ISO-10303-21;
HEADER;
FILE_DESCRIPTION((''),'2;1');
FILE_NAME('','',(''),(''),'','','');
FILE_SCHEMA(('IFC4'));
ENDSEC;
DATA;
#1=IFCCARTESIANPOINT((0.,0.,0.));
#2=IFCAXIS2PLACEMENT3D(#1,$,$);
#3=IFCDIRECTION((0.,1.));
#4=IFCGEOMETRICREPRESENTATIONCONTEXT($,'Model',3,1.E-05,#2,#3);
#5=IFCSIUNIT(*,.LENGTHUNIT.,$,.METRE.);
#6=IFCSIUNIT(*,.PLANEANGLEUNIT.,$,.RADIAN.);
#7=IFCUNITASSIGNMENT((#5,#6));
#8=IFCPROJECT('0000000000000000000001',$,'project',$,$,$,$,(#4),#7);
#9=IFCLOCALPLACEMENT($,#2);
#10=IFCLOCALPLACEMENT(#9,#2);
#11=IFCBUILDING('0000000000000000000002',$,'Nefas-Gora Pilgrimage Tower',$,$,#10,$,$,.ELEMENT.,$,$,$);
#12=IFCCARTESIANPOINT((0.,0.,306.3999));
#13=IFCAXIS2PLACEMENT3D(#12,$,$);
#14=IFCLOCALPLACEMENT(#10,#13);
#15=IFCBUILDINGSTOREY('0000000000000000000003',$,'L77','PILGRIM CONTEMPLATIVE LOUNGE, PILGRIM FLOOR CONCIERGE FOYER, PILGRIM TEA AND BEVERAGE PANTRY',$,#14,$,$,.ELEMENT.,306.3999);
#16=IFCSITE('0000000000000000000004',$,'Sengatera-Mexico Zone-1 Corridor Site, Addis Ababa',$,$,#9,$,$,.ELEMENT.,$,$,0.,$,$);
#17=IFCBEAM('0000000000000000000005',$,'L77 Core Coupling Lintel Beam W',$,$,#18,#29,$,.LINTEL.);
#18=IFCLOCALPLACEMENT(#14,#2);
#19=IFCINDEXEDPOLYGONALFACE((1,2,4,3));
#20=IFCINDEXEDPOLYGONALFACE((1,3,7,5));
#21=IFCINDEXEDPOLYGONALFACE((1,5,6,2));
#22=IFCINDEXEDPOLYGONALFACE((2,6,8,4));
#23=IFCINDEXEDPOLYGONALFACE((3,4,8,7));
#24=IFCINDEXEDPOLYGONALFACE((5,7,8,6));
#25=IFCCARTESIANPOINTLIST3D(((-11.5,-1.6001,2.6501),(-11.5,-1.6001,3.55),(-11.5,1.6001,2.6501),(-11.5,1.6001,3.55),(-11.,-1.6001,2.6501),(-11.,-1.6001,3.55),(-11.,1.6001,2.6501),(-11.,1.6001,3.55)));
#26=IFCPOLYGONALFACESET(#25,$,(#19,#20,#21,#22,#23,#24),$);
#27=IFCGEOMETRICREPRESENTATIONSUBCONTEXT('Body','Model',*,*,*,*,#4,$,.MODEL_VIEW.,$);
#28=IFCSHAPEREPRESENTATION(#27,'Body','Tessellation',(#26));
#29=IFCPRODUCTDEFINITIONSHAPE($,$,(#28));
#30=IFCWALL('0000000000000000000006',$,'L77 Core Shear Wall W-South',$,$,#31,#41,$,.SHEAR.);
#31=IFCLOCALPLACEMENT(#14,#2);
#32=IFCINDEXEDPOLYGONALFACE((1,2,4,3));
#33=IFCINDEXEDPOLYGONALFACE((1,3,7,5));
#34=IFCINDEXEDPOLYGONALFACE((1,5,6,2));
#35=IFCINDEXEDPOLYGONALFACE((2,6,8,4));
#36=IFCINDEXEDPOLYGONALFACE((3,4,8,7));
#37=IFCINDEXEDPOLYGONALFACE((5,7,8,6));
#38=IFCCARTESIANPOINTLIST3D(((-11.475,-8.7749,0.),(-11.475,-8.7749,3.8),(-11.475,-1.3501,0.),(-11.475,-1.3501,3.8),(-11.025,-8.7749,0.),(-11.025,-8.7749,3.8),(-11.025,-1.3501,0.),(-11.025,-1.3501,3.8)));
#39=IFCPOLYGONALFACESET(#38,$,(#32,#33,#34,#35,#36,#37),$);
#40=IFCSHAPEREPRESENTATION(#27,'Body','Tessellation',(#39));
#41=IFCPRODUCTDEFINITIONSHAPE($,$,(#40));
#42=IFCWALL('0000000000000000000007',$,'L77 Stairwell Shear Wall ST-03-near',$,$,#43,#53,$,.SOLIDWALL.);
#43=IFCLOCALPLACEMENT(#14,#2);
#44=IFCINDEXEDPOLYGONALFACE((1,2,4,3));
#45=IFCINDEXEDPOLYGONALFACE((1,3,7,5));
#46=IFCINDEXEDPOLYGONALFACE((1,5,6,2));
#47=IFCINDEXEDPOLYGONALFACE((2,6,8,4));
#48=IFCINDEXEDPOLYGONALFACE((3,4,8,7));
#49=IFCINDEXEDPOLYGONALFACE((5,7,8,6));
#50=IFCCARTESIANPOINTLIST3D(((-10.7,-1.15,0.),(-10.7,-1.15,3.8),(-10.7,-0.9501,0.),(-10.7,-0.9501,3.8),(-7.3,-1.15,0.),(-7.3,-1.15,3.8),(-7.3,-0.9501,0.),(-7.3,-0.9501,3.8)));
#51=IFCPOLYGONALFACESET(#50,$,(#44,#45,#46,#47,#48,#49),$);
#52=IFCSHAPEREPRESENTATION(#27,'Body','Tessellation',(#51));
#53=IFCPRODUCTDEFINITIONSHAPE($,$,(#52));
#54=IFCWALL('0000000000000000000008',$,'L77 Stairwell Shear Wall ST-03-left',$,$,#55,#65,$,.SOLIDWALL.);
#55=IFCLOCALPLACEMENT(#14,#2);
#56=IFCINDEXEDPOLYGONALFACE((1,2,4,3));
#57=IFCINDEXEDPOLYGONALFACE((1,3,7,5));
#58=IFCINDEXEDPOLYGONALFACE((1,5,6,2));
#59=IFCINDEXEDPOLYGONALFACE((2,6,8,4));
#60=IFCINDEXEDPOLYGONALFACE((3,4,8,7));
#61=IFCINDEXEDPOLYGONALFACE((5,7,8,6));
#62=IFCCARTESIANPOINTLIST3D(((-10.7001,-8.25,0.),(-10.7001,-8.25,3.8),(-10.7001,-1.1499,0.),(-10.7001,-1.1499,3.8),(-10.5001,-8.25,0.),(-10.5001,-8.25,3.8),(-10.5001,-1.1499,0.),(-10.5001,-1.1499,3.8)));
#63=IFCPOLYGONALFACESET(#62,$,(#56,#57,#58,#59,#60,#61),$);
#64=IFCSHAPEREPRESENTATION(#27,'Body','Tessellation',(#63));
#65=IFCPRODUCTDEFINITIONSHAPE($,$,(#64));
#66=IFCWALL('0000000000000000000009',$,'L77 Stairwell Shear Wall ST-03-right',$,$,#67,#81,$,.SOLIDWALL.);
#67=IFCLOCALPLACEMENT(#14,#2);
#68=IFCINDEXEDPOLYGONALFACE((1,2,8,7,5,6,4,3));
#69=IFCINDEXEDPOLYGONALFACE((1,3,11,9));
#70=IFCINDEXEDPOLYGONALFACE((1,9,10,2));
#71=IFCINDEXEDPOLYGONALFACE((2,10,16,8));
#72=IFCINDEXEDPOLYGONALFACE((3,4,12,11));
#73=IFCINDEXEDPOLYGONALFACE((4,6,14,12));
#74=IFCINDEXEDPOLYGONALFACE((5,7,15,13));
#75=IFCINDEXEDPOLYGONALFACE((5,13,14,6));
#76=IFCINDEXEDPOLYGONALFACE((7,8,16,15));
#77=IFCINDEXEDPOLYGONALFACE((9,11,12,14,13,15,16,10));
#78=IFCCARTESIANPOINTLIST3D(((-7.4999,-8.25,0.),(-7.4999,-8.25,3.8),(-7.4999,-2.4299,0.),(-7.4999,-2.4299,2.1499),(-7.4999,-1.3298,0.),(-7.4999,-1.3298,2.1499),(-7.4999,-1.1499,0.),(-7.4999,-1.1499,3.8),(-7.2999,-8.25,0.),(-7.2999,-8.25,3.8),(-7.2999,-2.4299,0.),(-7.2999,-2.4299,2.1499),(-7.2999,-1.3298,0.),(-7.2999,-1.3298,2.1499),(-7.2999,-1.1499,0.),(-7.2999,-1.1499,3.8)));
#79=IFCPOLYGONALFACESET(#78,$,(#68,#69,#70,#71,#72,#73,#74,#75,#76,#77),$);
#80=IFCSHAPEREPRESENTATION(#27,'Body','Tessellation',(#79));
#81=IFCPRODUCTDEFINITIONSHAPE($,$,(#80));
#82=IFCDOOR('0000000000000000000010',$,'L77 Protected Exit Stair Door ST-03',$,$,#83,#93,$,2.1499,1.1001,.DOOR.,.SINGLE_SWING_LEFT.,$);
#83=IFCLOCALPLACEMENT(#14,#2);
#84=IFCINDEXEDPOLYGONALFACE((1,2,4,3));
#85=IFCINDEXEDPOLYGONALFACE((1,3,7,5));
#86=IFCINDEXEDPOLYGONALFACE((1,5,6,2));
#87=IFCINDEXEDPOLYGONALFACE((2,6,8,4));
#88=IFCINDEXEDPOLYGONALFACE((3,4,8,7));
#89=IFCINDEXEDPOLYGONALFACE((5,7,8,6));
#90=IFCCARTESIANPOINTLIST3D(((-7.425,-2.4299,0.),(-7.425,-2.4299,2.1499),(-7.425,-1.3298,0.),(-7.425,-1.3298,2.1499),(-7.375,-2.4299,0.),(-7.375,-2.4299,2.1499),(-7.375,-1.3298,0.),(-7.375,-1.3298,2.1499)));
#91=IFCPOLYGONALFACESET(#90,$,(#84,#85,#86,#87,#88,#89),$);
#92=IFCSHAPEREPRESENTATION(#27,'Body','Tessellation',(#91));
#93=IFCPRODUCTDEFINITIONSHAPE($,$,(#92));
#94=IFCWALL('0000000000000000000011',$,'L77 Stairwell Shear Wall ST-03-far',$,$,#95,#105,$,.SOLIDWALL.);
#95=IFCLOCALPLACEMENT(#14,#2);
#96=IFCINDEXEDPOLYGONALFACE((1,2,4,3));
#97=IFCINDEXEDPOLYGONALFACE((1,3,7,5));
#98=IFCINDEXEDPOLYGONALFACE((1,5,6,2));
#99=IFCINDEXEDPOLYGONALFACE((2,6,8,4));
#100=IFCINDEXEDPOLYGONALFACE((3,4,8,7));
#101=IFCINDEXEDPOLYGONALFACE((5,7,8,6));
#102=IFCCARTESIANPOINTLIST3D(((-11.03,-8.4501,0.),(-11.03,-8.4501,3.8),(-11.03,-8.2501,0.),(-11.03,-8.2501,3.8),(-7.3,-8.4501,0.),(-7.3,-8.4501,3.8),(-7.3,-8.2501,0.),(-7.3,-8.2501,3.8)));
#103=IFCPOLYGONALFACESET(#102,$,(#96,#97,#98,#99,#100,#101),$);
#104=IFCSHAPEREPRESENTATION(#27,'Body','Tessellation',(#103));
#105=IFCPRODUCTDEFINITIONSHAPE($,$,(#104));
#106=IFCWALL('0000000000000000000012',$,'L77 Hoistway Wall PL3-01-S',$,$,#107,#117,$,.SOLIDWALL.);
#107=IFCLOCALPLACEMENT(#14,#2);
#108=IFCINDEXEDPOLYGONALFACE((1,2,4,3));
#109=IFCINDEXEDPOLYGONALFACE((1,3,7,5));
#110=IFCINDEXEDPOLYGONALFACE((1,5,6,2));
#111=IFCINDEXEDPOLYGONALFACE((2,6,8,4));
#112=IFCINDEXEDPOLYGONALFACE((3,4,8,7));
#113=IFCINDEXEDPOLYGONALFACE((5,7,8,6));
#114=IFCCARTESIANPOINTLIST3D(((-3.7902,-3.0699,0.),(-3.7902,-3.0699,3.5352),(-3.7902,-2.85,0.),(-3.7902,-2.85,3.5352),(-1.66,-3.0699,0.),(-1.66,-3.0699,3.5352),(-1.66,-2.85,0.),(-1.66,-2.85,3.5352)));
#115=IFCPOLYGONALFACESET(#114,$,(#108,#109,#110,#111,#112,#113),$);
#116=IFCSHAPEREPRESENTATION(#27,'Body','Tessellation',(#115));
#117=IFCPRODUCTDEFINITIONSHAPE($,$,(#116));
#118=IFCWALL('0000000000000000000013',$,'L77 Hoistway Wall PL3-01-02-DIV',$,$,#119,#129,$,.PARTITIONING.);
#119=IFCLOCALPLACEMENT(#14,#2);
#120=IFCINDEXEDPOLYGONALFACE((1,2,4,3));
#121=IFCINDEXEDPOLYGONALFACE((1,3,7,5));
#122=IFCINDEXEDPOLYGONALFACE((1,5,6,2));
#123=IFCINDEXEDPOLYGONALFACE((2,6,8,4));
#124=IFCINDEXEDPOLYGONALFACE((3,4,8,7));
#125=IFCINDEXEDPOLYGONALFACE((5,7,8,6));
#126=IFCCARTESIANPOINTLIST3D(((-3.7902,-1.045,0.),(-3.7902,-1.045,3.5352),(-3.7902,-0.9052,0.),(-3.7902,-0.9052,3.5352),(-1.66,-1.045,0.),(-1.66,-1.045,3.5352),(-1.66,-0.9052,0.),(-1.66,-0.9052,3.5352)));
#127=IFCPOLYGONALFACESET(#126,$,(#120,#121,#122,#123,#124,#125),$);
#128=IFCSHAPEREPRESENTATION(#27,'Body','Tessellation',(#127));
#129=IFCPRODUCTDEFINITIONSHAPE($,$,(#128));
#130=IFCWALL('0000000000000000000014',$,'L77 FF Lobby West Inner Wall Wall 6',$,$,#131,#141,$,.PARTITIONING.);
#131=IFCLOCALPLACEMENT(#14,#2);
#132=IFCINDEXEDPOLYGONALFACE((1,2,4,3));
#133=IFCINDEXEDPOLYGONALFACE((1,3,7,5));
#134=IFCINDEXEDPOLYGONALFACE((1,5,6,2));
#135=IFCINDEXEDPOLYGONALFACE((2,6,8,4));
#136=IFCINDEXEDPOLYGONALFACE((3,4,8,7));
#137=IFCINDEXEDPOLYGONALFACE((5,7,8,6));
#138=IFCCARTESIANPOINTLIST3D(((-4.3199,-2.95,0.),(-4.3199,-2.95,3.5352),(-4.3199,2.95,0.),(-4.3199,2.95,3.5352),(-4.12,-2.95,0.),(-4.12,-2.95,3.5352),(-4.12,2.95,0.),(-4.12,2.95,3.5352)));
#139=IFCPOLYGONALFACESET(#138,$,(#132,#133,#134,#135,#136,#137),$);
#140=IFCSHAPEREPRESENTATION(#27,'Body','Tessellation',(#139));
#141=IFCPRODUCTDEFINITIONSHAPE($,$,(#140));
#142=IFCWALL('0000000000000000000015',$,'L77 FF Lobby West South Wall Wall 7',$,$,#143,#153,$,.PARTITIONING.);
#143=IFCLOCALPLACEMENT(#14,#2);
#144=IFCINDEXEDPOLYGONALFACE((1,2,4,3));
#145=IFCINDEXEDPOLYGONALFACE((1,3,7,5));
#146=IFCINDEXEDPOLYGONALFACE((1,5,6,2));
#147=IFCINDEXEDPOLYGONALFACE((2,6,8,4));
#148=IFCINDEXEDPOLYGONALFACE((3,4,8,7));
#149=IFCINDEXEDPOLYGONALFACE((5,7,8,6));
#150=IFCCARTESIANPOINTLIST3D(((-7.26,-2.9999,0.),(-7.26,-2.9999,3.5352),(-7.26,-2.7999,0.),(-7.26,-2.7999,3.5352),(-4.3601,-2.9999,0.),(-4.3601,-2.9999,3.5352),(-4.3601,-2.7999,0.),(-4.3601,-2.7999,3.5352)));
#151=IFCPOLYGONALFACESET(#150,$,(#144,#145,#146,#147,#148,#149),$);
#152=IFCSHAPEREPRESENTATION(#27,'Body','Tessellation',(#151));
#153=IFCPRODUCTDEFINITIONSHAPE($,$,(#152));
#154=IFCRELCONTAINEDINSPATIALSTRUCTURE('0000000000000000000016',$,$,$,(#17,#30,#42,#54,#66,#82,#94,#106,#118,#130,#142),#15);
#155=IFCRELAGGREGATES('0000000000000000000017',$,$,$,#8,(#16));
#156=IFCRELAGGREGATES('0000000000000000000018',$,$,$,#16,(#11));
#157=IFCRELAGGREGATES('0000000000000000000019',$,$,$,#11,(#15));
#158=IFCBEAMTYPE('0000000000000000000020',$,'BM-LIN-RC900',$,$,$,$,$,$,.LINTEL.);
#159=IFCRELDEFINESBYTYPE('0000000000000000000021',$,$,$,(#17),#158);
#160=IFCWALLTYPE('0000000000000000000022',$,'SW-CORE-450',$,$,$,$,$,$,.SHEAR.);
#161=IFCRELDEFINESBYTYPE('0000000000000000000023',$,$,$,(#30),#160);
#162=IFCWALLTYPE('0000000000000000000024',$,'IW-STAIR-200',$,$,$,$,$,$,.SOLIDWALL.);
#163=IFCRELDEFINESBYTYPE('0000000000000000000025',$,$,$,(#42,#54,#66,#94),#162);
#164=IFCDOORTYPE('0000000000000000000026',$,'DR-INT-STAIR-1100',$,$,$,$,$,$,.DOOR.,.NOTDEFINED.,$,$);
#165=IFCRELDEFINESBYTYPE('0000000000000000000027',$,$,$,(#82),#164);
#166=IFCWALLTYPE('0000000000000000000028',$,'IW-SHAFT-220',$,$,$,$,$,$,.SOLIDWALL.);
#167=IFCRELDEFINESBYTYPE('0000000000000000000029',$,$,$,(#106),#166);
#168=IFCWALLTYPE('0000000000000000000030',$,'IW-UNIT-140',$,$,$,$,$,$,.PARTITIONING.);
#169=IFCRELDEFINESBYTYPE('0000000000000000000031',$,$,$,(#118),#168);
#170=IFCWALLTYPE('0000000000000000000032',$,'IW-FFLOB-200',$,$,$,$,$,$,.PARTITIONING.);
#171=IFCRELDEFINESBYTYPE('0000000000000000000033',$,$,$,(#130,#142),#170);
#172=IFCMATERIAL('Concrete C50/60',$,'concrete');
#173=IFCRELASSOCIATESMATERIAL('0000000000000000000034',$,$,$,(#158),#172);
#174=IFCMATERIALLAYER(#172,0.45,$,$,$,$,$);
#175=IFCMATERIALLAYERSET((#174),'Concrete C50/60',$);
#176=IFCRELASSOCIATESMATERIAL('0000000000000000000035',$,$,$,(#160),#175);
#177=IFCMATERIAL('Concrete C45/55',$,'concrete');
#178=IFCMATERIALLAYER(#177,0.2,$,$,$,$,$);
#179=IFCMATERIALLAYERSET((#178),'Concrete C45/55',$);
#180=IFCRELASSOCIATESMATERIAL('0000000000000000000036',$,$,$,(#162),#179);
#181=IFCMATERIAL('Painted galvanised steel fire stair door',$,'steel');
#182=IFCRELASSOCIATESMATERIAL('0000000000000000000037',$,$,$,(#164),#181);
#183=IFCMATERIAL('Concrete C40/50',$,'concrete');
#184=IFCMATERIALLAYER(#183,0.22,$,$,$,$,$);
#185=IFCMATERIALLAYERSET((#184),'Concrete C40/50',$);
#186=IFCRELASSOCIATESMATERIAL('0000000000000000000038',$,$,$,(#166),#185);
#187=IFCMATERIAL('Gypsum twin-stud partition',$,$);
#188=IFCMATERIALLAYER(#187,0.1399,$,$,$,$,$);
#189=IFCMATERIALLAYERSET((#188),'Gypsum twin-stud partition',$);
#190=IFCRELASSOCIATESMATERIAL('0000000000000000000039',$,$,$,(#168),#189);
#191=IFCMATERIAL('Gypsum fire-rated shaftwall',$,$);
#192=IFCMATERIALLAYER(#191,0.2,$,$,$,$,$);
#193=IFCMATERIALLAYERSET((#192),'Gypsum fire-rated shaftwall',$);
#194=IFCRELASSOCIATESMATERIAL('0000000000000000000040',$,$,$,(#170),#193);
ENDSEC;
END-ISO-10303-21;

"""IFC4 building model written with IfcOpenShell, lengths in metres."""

from ifc_helpers import new_model, si_unit, direction, frame, frame_2d, origin, origin_2d, place, context, subcontext, project, spatial, rectangle, extrude, source, transform, mapped, material, layer, layer_set, material_profile, profile_set, type_object, element, fill, save


model = new_model("IFC4")

# Units and contexts
model_context = context("Model", 3, precision=1e-05, world=origin(), true_north=direction((0.0, 1.0)))
body_context = subcontext(model_context, "Body", "Model", "MODEL_VIEW")
ifc_project = project(units=[si_unit("LENGTHUNIT", "METRE"), si_unit("PLANEANGLEUNIT", "RADIAN")], contexts=[model_context])

# Site, building, storey
site_placement = place(None, origin())
site = spatial("IfcSite", under=ifc_project, at=site_placement, Name="Sengatera-Mexico Zone-1 Corridor Site, Addis Ababa", CompositionType="ELEMENT", RefElevation=0.0)
building_placement = place(site_placement, origin())
building = spatial("IfcBuilding", under=site, at=building_placement, Name="Nefas-Gora Pilgrimage Tower", CompositionType="ELEMENT")
storey_placement = place(building_placement, frame((0.0, 0.0, 306.3999)))
storey = spatial("IfcBuildingStorey", under=building, at=storey_placement, Name="L77", Description="PILGRIM CONTEMPLATIVE LOUNGE, PILGRIM FLOOR CONCIERGE FOYER, PILGRIM TEA AND BEVERAGE PANTRY", CompositionType="ELEMENT", Elevation=306.3999)

# Beam
ifc_material_1 = material(Name="Concrete C50/60", Category="concrete")
ifc_material_profile = material_profile(ifc_material_1, rectangle(XDim=0.5, YDim=0.8999, at=origin_2d()), Name="RC 500x900")
ifc_profile_set = profile_set([ifc_material_profile], Name="Concrete C50/60")
beam_type = type_object("IfcBeamType", Name="BM-LIN-RC900", PredefinedType="LINTEL", material=ifc_profile_set)
shared_shape_1 = source(origin(), body_context, "Body", "SweptSolid", [
    extrude(rectangle(XDim=0.5, YDim=0.8999, at=origin_2d()), origin(), (0.0, 0.0, 1.0), 3.2002),
])
beam_placement = place(storey_placement, frame((-11.25, -1.6001, 3.1001), z_axis=(0.0, 1.0, 0.0), x_axis=(-1.0, 0.0, 0.0)))
element("IfcBeam", 1, at=beam_placement, inside=storey, type_object=beam_type, Name="L77 Core Coupling Lintel Beam W", PredefinedType="LINTEL", context=body_context, shape_type="MappedRepresentation", body=[
    mapped(shared_shape_1, transform((0.0, 0.0, 0.0), x_axis=(1.0, 0.0, 0.0), y_axis=(0.0, 1.0, 0.0), z_axis=(0.0, 0.0, 1.0), scale=1.0)),
])

# Walls
ifc_layer_1 = layer(ifc_material_1, 0.45)
ifc_layer_set_1 = layer_set([ifc_layer_1], Name="Concrete C50/60")
wall_type_1 = type_object("IfcWallType", Name="SW-CORE-450", PredefinedType="SHEAR", material=ifc_layer_set_1)
shared_shape_2 = source(origin(), body_context, "Body", "SweptSolid", [
    extrude(rectangle(XDim=7.4248, YDim=0.45, at=frame_2d((3.7124, 0.0))), origin(), (0.0, 0.0, 1.0), 3.8),
])
wall_1_placement = place(storey_placement, frame((-11.25, -8.7749, 0.0), z_axis=(0.0, 0.0, 1.0), x_axis=(0.0, 1.0, 0.0)))
element("IfcWall", 2, at=wall_1_placement, inside=storey, type_object=wall_type_1, Name="L77 Core Shear Wall W-South", PredefinedType="SHEAR", context=body_context, shape_type="MappedRepresentation", body=[
    mapped(shared_shape_2, transform((0.0, 0.0, 0.0), x_axis=(1.0, 0.0, 0.0), y_axis=(0.0, 1.0, 0.0), z_axis=(0.0, 0.0, 1.0), scale=1.0)),
])
ifc_material_2 = material(Name="Concrete C45/55", Category="concrete")
ifc_layer_2 = layer(ifc_material_2, 0.2)
ifc_layer_set_2 = layer_set([ifc_layer_2], Name="Concrete C45/55")
wall_type_2 = type_object("IfcWallType", Name="IW-STAIR-200", PredefinedType="SOLIDWALL", material=ifc_layer_set_2)
shared_shape_3 = source(origin(), body_context, "Body", "SweptSolid", [
    extrude(rectangle(XDim=3.3999, YDim=0.2, at=frame_2d((1.7, 0.0))), origin(), (0.0, 0.0, 1.0), 3.8),
])
wall_2_placement = place(storey_placement, frame((-10.7, -1.05, 0.0), z_axis=(0.0, 0.0, 1.0), x_axis=(1.0, 0.0, 0.0)))
element("IfcWall", 3, at=wall_2_placement, inside=storey, type_object=wall_type_2, Name="L77 Stairwell Shear Wall ST-03-near", PredefinedType="SOLIDWALL", context=body_context, shape_type="MappedRepresentation", body=[
    mapped(shared_shape_3, transform((0.0, 0.0, 0.0), x_axis=(1.0, 0.0, 0.0), y_axis=(0.0, 1.0, 0.0), z_axis=(0.0, 0.0, 1.0), scale=1.0)),
])
shared_shape_4 = source(origin(), body_context, "Body", "SweptSolid", [
    extrude(rectangle(XDim=7.1001, YDim=0.2, at=frame_2d((3.55, 0.0))), origin(), (0.0, 0.0, 1.0), 3.8),
])
wall_3_placement = place(storey_placement, frame((-10.6001, -1.1499, 0.0), z_axis=(0.0, 0.0, 1.0), x_axis=(0.0, -1.0, 0.0)))
element("IfcWall", 4, at=wall_3_placement, inside=storey, type_object=wall_type_2, Name="L77 Stairwell Shear Wall ST-03-left", PredefinedType="SOLIDWALL", context=body_context, shape_type="MappedRepresentation", body=[
    mapped(shared_shape_4, transform((0.0, 0.0, 0.0), x_axis=(1.0, 0.0, 0.0), y_axis=(0.0, 1.0, 0.0), z_axis=(0.0, 0.0, 1.0), scale=1.0)),
])

# Wall, opening, door
wall_4_placement = place(storey_placement, frame((-7.3999, -1.1499, 0.0), z_axis=(0.0, 0.0, 1.0), x_axis=(0.0, -1.0, 0.0)))
wall_4 = element("IfcWall", 5, at=wall_4_placement, inside=storey, type_object=wall_type_2, Name="L77 Stairwell Shear Wall ST-03-right", PredefinedType="SOLIDWALL", context=body_context, shape_type="MappedRepresentation", body=[
    mapped(shared_shape_4, transform((0.0, 0.0, 0.0), x_axis=(1.0, 0.0, 0.0), y_axis=(0.0, 1.0, 0.0), z_axis=(0.0, 0.0, 1.0), scale=1.0)),
])
opening_placement = place(wall_4_placement, frame((0.1799, 0.0, 0.0)))
opening = element("IfcOpeningElement", 6, at=opening_placement, cuts=wall_4, PredefinedType="OPENING", context=body_context, shape_type="SweptSolid", body=[
    extrude(rectangle(XDim=1.1001, YDim=2.1499, at=frame_2d((0.55, 1.075))), frame((0.0, 0.1099, 0.0), z_axis=(0.0, -1.0, 0.0), x_axis=(1.0, 0.0, 0.0)), (0.0, 0.0, 1.0), 0.22),
])
ifc_material_3 = material(Name="Painted galvanised steel fire stair door", Category="steel")
door_type = type_object("IfcDoorType", Name="DR-INT-STAIR-1100", OperationType="NOTDEFINED", PredefinedType="DOOR", material=ifc_material_3)
shared_shape_5 = source(origin(), body_context, "Body", "SweptSolid", [
    extrude(rectangle(XDim=1.1001, YDim=2.1499, at=frame_2d((0.55, 1.075))), frame((0.0, 0.0249, 0.0), z_axis=(0.0, -1.0, 0.0), x_axis=(1.0, 0.0, 0.0)), (0.0, 0.0, 1.0), 0.05),
])
door_placement = place(opening_placement, origin())
door = element("IfcDoor", 7, at=door_placement, inside=storey, type_object=door_type, Name="L77 Protected Exit Stair Door ST-03", OperationType="SINGLE_SWING_LEFT", OverallHeight=2.1499, OverallWidth=1.1001, PredefinedType="DOOR", context=body_context, shape_type="MappedRepresentation", body=[
    mapped(shared_shape_5, transform((0.0, 0.0, 0.0), x_axis=(1.0, 0.0, 0.0), y_axis=(0.0, 1.0, 0.0), z_axis=(0.0, 0.0, 1.0), scale=1.0)),
])
fill(opening, door)

# Walls
shared_shape_6 = source(origin(), body_context, "Body", "SweptSolid", [
    extrude(rectangle(XDim=3.73, YDim=0.2, at=frame_2d((1.865, 0.0))), origin(), (0.0, 0.0, 1.0), 3.8),
])
wall_5_placement = place(storey_placement, frame((-11.03, -8.3501, 0.0), z_axis=(0.0, 0.0, 1.0), x_axis=(1.0, 0.0, 0.0)))
element("IfcWall", 8, at=wall_5_placement, inside=storey, type_object=wall_type_2, Name="L77 Stairwell Shear Wall ST-03-far", PredefinedType="SOLIDWALL", context=body_context, shape_type="MappedRepresentation", body=[
    mapped(shared_shape_6, transform((0.0, 0.0, 0.0), x_axis=(1.0, 0.0, 0.0), y_axis=(0.0, 1.0, 0.0), z_axis=(0.0, 0.0, 1.0), scale=1.0)),
])
ifc_material_4 = material(Name="Concrete C40/50", Category="concrete")
ifc_layer_3 = layer(ifc_material_4, 0.22)
ifc_layer_set_3 = layer_set([ifc_layer_3], Name="Concrete C40/50")
wall_type_3 = type_object("IfcWallType", Name="IW-SHAFT-220", PredefinedType="SOLIDWALL", material=ifc_layer_set_3)
shared_shape_7 = source(origin(), body_context, "Body", "SweptSolid", [
    extrude(rectangle(XDim=2.1301, YDim=0.22, at=frame_2d((1.0649, 0.0))), origin(), (0.0, 0.0, 1.0), 3.5352),
])
wall_6_placement = place(storey_placement, frame((-3.79, -2.96, 0.0), z_axis=(0.0, 0.0, 1.0), x_axis=(1.0, 0.0, 0.0)))
element("IfcWall", 9, at=wall_6_placement, inside=storey, type_object=wall_type_3, Name="L77 Hoistway Wall PL3-01-S", PredefinedType="SOLIDWALL", context=body_context, shape_type="MappedRepresentation", body=[
    mapped(shared_shape_7, transform((0.0, 0.0, 0.0), x_axis=(1.0, 0.0, 0.0), y_axis=(0.0, 1.0, 0.0), z_axis=(0.0, 0.0, 1.0), scale=1.0)),
])
ifc_material_5 = material(Name="Gypsum twin-stud partition")
ifc_layer_4 = layer(ifc_material_5, 0.1399)
ifc_layer_set_4 = layer_set([ifc_layer_4], Name="Gypsum twin-stud partition")
wall_type_4 = type_object("IfcWallType", Name="IW-UNIT-140", PredefinedType="PARTITIONING", material=ifc_layer_set_4)
shared_shape_8 = source(origin(), body_context, "Body", "SweptSolid", [
    extrude(rectangle(XDim=2.1301, YDim=0.1399, at=frame_2d((1.0649, 0.0))), origin(), (0.0, 0.0, 1.0), 3.5352),
])
wall_7_placement = place(storey_placement, frame((-3.79, -0.9751, 0.0), z_axis=(0.0, 0.0, 1.0), x_axis=(1.0, 0.0, 0.0)))
element("IfcWall", 10, at=wall_7_placement, inside=storey, type_object=wall_type_4, Name="L77 Hoistway Wall PL3-01-02-DIV", PredefinedType="PARTITIONING", context=body_context, shape_type="MappedRepresentation", body=[
    mapped(shared_shape_8, transform((0.0, 0.0, 0.0), x_axis=(1.0, 0.0, 0.0), y_axis=(0.0, 1.0, 0.0), z_axis=(0.0, 0.0, 1.0), scale=1.0)),
])
ifc_material_6 = material(Name="Gypsum fire-rated shaftwall")
ifc_layer_5 = layer(ifc_material_6, 0.2)
ifc_layer_set_5 = layer_set([ifc_layer_5], Name="Gypsum fire-rated shaftwall")
wall_type_5 = type_object("IfcWallType", Name="IW-FFLOB-200", PredefinedType="PARTITIONING", material=ifc_layer_set_5)
shared_shape_9 = source(origin(), body_context, "Body", "SweptSolid", [
    extrude(rectangle(XDim=5.8999, YDim=0.2, at=frame_2d((2.95, 0.0))), origin(), (0.0, 0.0, 1.0), 3.5352),
])
wall_8_placement = place(storey_placement, frame((-4.22, -2.95, 0.0), z_axis=(0.0, 0.0, 1.0), x_axis=(0.0, 1.0, 0.0)))
element("IfcWall", 11, at=wall_8_placement, inside=storey, type_object=wall_type_5, Name="L77 FF Lobby West Inner Wall Wall 6", PredefinedType="PARTITIONING", context=body_context, shape_type="MappedRepresentation", body=[
    mapped(shared_shape_9, transform((0.0, 0.0, 0.0), x_axis=(1.0, 0.0, 0.0), y_axis=(0.0, 1.0, 0.0), z_axis=(0.0, 0.0, 1.0), scale=1.0)),
])
shared_shape_10 = source(origin(), body_context, "Body", "SweptSolid", [
    extrude(rectangle(XDim=2.8999, YDim=0.2, at=frame_2d((1.45, 0.0))), origin(), (0.0, 0.0, 1.0), 3.5352),
])
wall_9_placement = place(storey_placement, frame((-7.26, -2.8999, 0.0), z_axis=(0.0, 0.0, 1.0), x_axis=(1.0, 0.0, 0.0)))
element("IfcWall", 12, at=wall_9_placement, inside=storey, type_object=wall_type_5, Name="L77 FF Lobby West South Wall Wall 7", PredefinedType="PARTITIONING", context=body_context, shape_type="MappedRepresentation", body=[
    mapped(shared_shape_10, transform((0.0, 0.0, 0.0), x_axis=(1.0, 0.0, 0.0), y_axis=(0.0, 1.0, 0.0), z_axis=(0.0, 0.0, 1.0), scale=1.0)),
])

save(model, "model.ifc")
